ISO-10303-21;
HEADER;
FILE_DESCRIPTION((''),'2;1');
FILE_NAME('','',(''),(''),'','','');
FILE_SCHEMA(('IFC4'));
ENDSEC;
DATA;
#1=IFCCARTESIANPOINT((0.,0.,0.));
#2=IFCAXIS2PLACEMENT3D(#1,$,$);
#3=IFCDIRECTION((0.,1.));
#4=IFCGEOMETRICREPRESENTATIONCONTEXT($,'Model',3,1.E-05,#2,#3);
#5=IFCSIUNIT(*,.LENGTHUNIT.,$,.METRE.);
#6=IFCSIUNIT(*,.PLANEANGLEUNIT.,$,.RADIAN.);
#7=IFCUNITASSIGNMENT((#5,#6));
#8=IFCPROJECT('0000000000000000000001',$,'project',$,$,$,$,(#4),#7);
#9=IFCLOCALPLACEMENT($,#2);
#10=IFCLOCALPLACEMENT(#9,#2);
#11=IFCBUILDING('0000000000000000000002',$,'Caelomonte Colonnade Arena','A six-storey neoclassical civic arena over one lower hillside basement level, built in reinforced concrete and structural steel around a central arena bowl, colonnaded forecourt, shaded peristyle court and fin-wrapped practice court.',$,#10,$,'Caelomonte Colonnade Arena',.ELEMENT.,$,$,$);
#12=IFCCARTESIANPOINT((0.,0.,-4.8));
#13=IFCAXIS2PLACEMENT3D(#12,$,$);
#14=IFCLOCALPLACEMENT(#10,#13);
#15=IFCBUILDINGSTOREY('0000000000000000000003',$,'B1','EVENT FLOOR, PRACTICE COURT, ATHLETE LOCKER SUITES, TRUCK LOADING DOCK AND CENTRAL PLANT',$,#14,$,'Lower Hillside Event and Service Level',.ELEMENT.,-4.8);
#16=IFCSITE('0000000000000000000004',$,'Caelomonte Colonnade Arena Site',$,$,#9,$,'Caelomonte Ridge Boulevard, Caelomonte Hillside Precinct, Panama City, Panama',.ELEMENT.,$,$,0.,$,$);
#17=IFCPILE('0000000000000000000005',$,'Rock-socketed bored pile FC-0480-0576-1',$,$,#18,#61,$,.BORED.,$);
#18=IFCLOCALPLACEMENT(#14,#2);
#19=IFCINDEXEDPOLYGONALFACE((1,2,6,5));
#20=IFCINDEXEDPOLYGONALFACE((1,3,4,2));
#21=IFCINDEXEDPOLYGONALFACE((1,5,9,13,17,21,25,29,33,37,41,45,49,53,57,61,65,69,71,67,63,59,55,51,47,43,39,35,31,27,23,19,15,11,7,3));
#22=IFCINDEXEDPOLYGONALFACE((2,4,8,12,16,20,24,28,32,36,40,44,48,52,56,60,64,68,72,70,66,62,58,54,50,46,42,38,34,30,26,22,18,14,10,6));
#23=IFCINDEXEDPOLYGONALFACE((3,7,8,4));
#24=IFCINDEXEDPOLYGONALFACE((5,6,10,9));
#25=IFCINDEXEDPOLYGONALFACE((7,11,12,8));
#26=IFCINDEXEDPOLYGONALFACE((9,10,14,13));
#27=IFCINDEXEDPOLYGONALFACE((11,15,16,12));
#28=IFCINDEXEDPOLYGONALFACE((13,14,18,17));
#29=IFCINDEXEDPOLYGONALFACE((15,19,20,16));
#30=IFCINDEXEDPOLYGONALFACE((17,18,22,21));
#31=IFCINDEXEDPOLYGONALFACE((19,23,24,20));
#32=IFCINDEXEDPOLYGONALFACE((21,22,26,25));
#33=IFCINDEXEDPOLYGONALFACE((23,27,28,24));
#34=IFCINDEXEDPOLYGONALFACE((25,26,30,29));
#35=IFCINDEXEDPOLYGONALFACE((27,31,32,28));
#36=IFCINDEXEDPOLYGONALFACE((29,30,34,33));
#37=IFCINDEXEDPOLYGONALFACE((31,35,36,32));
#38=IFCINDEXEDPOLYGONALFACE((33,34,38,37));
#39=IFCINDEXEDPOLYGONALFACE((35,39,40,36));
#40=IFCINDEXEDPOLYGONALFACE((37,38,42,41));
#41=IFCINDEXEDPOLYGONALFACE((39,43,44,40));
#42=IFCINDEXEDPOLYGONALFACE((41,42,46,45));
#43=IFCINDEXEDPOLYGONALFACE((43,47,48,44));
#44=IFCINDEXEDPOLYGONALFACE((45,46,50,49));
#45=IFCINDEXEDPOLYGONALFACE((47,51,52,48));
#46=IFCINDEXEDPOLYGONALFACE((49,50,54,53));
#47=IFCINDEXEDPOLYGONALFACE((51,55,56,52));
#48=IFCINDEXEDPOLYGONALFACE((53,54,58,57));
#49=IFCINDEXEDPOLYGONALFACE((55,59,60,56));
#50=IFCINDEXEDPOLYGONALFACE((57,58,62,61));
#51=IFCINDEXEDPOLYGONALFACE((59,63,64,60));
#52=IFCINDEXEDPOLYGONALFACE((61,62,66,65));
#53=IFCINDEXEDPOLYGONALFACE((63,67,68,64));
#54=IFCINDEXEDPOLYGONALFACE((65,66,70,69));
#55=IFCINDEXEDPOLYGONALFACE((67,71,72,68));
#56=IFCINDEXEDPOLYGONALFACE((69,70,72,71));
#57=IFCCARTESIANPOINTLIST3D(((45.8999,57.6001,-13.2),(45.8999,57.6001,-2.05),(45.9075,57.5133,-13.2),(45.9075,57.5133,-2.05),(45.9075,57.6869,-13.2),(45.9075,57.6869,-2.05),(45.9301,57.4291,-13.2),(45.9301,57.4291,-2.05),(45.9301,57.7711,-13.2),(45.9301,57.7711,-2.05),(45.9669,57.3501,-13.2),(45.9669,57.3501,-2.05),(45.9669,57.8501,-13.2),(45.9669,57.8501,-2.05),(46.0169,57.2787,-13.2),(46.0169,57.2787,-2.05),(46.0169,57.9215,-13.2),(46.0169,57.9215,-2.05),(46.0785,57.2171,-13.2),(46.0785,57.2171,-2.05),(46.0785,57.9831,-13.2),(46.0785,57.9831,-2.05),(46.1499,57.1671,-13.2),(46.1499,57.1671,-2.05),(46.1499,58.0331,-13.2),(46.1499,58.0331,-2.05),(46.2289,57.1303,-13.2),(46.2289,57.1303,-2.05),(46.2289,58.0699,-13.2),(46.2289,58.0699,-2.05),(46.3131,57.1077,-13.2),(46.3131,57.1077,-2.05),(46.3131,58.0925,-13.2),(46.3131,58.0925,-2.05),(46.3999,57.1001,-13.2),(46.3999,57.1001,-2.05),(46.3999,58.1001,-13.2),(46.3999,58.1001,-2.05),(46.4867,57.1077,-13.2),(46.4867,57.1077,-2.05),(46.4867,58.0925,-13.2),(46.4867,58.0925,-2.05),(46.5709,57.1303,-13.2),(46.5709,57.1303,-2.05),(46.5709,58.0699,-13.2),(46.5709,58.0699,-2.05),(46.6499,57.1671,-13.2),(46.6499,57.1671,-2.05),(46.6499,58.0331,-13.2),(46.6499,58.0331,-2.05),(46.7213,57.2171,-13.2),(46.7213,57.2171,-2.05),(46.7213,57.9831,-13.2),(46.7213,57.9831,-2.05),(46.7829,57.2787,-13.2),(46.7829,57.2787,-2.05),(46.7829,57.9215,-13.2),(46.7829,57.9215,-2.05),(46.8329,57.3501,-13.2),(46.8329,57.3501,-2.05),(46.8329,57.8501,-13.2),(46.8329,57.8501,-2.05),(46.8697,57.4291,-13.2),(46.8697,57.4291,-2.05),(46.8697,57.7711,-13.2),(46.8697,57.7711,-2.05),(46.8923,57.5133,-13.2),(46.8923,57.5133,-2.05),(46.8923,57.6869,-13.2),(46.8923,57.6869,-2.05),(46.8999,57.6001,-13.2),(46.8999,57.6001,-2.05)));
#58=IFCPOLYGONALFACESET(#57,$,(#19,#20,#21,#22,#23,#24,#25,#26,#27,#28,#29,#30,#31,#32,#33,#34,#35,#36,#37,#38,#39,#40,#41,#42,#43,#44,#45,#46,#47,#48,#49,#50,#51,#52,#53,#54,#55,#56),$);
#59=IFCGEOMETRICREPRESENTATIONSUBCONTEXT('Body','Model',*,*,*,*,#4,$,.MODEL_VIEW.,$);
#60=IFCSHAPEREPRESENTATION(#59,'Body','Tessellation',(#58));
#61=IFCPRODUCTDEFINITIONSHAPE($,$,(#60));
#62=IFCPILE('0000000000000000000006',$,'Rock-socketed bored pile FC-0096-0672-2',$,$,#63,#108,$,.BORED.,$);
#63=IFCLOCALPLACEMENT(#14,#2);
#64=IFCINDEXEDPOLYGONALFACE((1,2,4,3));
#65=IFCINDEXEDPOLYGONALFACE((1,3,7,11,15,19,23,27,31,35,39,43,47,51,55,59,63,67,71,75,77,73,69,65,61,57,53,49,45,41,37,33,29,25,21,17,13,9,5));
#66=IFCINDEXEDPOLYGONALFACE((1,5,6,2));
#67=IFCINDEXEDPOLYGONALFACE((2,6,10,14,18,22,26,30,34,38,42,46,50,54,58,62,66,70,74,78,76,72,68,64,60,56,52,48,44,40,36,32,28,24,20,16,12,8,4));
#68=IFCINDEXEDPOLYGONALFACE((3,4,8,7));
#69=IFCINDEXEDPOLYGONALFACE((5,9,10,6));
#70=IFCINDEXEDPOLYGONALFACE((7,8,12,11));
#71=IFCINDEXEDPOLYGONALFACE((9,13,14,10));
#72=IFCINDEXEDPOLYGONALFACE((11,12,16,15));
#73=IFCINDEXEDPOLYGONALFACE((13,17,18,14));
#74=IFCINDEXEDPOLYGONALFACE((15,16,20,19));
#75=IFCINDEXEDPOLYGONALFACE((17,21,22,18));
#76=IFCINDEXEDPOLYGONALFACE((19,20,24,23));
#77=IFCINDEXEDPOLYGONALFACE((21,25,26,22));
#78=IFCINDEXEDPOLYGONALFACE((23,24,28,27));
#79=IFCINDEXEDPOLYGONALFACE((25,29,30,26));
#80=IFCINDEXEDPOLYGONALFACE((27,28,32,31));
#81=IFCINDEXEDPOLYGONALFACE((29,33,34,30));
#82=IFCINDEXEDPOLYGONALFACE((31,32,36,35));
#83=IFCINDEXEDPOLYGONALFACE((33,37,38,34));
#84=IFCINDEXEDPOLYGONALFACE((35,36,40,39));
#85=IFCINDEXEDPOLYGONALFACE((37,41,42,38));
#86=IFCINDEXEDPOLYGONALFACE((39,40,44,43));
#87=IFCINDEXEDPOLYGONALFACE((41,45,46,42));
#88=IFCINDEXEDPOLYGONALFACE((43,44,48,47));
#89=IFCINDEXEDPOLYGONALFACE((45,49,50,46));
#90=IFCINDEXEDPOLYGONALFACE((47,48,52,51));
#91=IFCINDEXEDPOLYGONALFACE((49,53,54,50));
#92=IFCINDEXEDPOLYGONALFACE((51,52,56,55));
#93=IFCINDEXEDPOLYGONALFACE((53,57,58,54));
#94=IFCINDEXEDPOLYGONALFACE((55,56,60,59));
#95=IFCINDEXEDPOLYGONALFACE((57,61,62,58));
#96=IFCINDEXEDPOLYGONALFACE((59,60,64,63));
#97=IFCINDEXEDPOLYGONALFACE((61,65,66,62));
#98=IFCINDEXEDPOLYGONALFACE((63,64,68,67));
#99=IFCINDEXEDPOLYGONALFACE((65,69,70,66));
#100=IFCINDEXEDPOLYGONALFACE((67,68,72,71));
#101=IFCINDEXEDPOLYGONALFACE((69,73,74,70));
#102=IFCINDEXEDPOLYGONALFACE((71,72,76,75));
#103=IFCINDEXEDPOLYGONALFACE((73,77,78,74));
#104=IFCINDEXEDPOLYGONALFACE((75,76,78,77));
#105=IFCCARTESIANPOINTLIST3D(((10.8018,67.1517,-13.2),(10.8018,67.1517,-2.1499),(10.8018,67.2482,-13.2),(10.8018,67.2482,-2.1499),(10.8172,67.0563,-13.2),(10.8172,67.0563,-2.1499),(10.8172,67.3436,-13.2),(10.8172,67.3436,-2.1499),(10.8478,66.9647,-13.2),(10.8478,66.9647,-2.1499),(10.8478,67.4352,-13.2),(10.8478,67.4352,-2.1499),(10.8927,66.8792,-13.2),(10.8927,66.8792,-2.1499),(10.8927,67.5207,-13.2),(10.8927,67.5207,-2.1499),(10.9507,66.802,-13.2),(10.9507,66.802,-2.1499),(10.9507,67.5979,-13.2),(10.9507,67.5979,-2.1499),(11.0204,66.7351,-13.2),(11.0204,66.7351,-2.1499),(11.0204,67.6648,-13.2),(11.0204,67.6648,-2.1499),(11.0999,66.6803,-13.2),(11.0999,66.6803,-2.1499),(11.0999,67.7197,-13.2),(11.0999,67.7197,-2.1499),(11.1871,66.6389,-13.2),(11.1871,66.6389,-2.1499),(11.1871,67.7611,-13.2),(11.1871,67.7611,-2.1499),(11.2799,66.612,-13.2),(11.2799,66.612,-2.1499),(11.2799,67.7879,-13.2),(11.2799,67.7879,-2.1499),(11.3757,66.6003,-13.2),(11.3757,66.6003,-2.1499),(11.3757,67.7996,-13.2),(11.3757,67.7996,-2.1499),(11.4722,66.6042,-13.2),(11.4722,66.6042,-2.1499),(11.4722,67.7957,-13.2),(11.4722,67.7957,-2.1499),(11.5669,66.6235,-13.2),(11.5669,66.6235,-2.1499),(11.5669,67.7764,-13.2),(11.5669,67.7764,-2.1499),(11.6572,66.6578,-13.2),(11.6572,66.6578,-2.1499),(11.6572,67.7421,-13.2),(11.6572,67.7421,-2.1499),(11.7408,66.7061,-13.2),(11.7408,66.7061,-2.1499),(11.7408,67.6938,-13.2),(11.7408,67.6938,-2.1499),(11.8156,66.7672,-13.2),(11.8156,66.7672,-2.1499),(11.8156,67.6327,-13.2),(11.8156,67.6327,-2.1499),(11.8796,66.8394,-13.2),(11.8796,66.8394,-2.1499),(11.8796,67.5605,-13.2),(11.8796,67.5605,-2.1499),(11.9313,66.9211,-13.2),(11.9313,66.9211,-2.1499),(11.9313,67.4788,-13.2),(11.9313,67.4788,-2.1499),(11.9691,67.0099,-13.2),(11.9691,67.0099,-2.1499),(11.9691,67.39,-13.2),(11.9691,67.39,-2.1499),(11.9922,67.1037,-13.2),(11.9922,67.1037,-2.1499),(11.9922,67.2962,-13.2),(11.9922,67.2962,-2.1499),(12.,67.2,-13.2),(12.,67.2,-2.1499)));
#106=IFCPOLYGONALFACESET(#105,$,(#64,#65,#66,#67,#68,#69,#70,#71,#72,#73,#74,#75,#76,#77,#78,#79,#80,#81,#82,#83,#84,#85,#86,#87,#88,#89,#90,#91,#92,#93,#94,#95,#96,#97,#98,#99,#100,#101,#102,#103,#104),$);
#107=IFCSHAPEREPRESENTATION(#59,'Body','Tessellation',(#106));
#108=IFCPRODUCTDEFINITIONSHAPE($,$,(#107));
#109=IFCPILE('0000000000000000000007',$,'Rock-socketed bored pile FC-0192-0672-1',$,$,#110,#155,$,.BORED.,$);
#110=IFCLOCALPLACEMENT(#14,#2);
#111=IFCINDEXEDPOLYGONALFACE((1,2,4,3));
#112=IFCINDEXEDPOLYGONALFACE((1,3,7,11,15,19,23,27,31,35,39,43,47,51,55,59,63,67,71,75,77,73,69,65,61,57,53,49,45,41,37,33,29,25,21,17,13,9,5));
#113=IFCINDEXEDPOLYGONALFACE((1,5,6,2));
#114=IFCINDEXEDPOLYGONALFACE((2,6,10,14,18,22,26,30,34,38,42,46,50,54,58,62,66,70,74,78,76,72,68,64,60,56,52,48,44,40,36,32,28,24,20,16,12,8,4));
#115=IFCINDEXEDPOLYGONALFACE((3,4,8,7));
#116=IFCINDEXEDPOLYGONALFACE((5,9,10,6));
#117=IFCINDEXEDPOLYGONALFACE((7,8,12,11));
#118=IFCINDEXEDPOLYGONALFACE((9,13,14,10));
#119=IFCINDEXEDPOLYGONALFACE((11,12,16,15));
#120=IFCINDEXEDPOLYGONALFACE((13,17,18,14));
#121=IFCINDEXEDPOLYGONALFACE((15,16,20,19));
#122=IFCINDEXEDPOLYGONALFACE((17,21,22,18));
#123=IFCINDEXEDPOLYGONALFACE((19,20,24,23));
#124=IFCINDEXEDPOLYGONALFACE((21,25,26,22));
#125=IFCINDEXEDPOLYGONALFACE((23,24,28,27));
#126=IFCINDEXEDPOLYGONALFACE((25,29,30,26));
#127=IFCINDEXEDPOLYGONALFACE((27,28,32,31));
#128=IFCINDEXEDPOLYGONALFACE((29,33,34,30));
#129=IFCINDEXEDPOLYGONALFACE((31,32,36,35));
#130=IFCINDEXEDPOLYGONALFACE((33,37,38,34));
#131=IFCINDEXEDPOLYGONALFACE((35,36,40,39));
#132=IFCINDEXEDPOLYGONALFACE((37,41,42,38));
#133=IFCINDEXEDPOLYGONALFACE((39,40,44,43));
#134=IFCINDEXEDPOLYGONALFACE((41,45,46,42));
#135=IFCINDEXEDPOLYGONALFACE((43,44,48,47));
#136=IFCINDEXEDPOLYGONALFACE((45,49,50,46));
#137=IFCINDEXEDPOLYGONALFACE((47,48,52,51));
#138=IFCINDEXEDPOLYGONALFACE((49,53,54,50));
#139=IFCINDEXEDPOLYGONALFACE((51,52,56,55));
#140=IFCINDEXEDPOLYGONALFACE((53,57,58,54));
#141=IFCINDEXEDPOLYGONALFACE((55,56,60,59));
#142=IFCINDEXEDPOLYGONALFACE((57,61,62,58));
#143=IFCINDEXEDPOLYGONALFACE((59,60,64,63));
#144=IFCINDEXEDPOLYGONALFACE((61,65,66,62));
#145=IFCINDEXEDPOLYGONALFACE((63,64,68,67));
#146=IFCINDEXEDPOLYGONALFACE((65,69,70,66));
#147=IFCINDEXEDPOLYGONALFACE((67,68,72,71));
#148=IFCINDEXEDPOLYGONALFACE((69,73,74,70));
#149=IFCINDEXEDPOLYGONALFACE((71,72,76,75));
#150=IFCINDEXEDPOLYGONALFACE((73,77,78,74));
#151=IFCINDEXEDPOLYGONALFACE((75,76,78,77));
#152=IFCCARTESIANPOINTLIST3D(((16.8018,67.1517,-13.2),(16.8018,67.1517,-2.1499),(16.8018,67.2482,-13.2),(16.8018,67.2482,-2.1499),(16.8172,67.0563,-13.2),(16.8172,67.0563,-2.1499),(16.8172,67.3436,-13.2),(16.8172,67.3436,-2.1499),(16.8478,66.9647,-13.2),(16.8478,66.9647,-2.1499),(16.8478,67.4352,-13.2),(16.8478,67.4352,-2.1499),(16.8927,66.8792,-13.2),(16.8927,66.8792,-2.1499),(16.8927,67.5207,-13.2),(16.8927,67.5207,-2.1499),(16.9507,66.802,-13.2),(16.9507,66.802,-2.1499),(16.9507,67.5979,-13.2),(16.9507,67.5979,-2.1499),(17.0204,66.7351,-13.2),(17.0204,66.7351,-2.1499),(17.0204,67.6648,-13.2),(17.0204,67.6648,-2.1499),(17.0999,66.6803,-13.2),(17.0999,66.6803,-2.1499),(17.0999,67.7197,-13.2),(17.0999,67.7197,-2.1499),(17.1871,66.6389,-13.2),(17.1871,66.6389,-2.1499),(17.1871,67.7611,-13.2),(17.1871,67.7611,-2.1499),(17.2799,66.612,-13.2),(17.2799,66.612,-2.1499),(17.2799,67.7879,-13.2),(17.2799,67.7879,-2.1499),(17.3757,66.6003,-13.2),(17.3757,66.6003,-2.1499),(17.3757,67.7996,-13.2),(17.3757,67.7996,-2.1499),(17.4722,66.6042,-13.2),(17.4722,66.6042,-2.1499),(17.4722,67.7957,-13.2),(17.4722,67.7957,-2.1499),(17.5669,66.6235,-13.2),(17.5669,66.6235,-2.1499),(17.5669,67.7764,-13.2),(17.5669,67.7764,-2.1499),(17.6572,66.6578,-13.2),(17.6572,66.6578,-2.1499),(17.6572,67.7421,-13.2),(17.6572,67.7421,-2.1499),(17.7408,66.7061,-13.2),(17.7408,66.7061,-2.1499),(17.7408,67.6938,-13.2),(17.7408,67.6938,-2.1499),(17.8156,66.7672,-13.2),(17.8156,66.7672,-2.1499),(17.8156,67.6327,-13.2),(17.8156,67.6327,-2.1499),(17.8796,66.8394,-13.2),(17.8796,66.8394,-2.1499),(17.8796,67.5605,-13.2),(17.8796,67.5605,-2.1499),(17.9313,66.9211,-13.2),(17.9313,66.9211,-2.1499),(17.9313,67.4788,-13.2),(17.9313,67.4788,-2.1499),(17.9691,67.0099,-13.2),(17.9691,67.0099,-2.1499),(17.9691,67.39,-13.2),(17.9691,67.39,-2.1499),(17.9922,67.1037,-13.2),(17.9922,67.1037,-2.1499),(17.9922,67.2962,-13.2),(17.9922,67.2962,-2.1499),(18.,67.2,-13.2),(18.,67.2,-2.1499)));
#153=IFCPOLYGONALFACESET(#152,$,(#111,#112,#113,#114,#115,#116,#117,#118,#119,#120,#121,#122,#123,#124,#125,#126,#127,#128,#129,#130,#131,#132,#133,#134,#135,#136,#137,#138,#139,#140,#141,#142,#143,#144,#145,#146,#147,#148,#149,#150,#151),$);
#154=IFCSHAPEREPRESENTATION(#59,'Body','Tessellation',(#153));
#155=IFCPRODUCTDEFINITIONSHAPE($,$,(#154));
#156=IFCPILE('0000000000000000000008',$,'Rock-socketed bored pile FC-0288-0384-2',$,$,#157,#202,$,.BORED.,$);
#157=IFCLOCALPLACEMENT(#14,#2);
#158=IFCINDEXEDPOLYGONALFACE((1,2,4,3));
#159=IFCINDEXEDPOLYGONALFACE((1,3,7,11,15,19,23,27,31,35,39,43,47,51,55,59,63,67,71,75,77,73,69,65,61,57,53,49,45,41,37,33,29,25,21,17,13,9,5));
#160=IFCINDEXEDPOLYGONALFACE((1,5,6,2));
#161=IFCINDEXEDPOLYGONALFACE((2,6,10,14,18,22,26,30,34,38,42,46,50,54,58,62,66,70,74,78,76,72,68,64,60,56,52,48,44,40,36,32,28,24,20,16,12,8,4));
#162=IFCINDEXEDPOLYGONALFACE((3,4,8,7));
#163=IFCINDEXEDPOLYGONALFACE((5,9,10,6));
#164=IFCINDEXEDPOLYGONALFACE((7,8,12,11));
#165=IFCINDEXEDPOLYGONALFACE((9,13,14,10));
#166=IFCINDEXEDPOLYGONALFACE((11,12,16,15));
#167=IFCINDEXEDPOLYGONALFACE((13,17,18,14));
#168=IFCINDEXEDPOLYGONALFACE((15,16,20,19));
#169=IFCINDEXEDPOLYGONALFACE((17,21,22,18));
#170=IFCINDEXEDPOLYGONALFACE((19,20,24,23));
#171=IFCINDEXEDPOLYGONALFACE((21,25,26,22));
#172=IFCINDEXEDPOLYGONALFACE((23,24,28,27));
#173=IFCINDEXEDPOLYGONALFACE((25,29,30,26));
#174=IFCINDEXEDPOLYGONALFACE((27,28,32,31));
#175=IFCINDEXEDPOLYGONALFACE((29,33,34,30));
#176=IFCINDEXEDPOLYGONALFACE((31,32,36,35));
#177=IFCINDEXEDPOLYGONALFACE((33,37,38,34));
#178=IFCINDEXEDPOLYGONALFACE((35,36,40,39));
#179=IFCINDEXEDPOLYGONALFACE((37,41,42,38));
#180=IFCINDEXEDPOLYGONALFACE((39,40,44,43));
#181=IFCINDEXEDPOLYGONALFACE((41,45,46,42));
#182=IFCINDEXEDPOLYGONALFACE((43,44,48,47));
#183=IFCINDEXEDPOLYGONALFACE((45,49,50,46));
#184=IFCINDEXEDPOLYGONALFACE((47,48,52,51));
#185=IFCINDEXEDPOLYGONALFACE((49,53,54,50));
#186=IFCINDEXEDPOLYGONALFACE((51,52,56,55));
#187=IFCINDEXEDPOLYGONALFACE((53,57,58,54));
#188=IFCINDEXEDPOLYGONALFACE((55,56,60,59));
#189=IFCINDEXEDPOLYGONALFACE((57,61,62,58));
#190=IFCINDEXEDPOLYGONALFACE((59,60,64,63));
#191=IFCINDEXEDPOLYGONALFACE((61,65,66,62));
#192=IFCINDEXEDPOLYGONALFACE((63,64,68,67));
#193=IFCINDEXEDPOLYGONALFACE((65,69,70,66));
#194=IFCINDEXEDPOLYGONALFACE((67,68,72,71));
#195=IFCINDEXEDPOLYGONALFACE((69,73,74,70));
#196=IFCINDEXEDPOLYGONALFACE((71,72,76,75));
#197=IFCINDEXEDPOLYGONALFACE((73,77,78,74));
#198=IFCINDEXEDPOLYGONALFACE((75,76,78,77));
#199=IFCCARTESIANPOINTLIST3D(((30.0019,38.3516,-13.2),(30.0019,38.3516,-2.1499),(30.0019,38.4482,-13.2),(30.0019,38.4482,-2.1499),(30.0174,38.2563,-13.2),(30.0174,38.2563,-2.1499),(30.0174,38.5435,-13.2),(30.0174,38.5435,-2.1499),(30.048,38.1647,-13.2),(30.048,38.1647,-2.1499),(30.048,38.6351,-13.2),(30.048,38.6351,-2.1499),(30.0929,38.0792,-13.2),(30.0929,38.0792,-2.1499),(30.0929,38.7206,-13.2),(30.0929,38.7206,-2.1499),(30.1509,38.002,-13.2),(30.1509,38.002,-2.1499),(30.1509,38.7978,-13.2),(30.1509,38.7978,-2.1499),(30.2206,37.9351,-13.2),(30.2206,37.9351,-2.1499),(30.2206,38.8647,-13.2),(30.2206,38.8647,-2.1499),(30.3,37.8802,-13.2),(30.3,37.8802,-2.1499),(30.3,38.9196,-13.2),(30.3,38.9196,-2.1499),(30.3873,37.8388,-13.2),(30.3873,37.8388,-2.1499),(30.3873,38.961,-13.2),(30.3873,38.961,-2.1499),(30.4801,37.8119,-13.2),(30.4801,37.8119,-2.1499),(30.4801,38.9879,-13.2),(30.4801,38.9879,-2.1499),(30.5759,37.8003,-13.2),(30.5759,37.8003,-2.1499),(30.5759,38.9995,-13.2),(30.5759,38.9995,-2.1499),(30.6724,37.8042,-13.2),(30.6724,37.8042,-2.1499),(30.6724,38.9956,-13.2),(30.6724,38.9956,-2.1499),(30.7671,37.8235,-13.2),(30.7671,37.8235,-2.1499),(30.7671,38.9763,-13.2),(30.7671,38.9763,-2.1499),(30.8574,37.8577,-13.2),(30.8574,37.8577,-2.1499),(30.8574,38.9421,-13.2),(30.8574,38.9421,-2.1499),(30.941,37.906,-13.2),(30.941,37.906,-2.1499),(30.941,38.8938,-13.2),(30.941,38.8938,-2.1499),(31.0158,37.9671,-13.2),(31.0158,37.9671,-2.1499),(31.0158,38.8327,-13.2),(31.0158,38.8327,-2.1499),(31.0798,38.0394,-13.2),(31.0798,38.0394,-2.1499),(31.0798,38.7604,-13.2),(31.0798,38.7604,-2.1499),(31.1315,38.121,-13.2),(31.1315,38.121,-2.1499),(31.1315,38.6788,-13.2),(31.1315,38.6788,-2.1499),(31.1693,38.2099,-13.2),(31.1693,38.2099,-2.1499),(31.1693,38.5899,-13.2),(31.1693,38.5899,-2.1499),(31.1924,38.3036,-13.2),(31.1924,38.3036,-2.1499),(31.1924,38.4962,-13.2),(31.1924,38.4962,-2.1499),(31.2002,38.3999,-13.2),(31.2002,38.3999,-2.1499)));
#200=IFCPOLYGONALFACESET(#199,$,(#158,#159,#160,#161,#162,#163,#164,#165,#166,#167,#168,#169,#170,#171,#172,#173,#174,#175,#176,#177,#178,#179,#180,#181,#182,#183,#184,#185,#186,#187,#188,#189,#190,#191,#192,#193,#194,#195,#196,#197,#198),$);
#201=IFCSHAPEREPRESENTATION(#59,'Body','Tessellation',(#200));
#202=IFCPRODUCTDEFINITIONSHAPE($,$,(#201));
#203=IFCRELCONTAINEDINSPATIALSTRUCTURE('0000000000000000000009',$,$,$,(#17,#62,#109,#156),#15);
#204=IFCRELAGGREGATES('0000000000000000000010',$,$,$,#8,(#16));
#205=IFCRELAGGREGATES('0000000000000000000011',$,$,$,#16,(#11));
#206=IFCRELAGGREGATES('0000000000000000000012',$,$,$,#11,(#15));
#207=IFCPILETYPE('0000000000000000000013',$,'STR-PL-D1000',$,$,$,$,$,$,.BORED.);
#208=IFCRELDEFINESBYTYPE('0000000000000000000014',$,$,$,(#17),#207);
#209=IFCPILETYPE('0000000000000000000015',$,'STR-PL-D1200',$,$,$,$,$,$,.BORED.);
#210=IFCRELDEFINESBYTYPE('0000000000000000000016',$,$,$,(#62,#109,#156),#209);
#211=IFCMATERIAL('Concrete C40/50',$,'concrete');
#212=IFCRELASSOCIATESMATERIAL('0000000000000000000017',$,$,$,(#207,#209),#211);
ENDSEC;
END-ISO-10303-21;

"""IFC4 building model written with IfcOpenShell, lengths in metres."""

from ifc_helpers import new_model, si_unit, direction, frame, origin, origin_2d, place, context, subcontext, project, spatial, circle, extrude, material, material_profile, profile_set, type_object, element, save


model = new_model("IFC4")

# Units and contexts
model_context = context("Model", 3, precision=1e-05, world=origin(), true_north=direction((0.0, 1.0)))
body_context = subcontext(model_context, "Body", "Model", "MODEL_VIEW")
ifc_project = project(units=[si_unit("LENGTHUNIT", "METRE"), si_unit("PLANEANGLEUNIT", "RADIAN")], contexts=[model_context])

# Site, building, storey
site_placement = place(None, origin())
site = spatial("IfcSite", under=ifc_project, at=site_placement, Name="Caelomonte Colonnade Arena Site", LongName="Caelomonte Ridge Boulevard, Caelomonte Hillside Precinct, Panama City, Panama", CompositionType="ELEMENT", RefElevation=0.0)
building_placement = place(site_placement, origin())
building = spatial("IfcBuilding", under=site, at=building_placement, Name="Caelomonte Colonnade Arena", Description="A six-storey neoclassical civic arena over one lower hillside basement level, built in reinforced concrete and structural steel around a central arena bowl, colonnaded forecourt, shaded peristyle court and fin-wrapped practice court.", LongName="Caelomonte Colonnade Arena", CompositionType="ELEMENT")
storey_placement = place(building_placement, frame((0.0, 0.0, -4.8)))
storey = spatial("IfcBuildingStorey", under=building, at=storey_placement, Name="B1", Description="EVENT FLOOR, PRACTICE COURT, ATHLETE LOCKER SUITES, TRUCK LOADING DOCK AND CENTRAL PLANT", LongName="Lower Hillside Event and Service Level", CompositionType="ELEMENT", Elevation=-4.8)

# Shared definitions
ifc_material_1 = material(Name="Concrete C40/50", Category="concrete")

# Piles
ifc_material_profile_1 = material_profile(ifc_material_1, circle(Radius=0.5, at=origin_2d()), Name="PILE-D1000")
ifc_profile_set_1 = profile_set([ifc_material_profile_1], Name="Concrete C40/50")
pile_type_1 = type_object("IfcPileType", Name="STR-PL-D1000", PredefinedType="BORED", material=ifc_profile_set_1)
for number, where, z_axis, x_axis, name in (
    (1, (46.3999, 57.6001, -2.05), (0.0, 0.0, -1.0), (1.0, 0.0, 0.0), "Rock-socketed bored pile FC-0480-0576-1"),
):
    element("IfcPile", number, at=place(storey_placement, frame(where, z_axis=z_axis, x_axis=x_axis)), inside=storey, type_object=pile_type_1, Name=name, PredefinedType="BORED", context=body_context, shape_type="SweptSolid", body=[
        extrude(circle(Radius=0.5, at=origin_2d()), origin(), (0.0, 0.0, 1.0), 11.1499),
    ])
ifc_material_profile_2 = material_profile(ifc_material_1, circle(Radius=0.6001, at=origin_2d()), Name="PILE-D1200")
ifc_profile_set_2 = profile_set([ifc_material_profile_2], Name="Concrete C40/50")
pile_type_2 = type_object("IfcPileType", Name="STR-PL-D1200", PredefinedType="BORED", material=ifc_profile_set_2)
for number, where, z_axis, x_axis, name in (
    (2, (11.3999, 67.2, -2.1499), (0.0, 0.0, -1.0), (1.0, 0.0, 0.0), "Rock-socketed bored pile FC-0096-0672-2"),
    (3, (17.3999, 67.2, -2.1499), (0.0, 0.0, -1.0), (1.0, 0.0, 0.0), "Rock-socketed bored pile FC-0192-0672-1"),
    (4, (30.6001, 38.3999, -2.1499), (0.0, 0.0, -1.0), (1.0, 0.0, 0.0), "Rock-socketed bored pile FC-0288-0384-2"),
):
    element("IfcPile", number, at=place(storey_placement, frame(where, z_axis=z_axis, x_axis=x_axis)), inside=storey, type_object=pile_type_2, Name=name, PredefinedType="BORED", context=body_context, shape_type="SweptSolid", body=[
        extrude(circle(Radius=0.6001, at=origin_2d()), origin(), (0.0, 0.0, 1.0), 11.05),
    ])

save(model, "model.ifc")
